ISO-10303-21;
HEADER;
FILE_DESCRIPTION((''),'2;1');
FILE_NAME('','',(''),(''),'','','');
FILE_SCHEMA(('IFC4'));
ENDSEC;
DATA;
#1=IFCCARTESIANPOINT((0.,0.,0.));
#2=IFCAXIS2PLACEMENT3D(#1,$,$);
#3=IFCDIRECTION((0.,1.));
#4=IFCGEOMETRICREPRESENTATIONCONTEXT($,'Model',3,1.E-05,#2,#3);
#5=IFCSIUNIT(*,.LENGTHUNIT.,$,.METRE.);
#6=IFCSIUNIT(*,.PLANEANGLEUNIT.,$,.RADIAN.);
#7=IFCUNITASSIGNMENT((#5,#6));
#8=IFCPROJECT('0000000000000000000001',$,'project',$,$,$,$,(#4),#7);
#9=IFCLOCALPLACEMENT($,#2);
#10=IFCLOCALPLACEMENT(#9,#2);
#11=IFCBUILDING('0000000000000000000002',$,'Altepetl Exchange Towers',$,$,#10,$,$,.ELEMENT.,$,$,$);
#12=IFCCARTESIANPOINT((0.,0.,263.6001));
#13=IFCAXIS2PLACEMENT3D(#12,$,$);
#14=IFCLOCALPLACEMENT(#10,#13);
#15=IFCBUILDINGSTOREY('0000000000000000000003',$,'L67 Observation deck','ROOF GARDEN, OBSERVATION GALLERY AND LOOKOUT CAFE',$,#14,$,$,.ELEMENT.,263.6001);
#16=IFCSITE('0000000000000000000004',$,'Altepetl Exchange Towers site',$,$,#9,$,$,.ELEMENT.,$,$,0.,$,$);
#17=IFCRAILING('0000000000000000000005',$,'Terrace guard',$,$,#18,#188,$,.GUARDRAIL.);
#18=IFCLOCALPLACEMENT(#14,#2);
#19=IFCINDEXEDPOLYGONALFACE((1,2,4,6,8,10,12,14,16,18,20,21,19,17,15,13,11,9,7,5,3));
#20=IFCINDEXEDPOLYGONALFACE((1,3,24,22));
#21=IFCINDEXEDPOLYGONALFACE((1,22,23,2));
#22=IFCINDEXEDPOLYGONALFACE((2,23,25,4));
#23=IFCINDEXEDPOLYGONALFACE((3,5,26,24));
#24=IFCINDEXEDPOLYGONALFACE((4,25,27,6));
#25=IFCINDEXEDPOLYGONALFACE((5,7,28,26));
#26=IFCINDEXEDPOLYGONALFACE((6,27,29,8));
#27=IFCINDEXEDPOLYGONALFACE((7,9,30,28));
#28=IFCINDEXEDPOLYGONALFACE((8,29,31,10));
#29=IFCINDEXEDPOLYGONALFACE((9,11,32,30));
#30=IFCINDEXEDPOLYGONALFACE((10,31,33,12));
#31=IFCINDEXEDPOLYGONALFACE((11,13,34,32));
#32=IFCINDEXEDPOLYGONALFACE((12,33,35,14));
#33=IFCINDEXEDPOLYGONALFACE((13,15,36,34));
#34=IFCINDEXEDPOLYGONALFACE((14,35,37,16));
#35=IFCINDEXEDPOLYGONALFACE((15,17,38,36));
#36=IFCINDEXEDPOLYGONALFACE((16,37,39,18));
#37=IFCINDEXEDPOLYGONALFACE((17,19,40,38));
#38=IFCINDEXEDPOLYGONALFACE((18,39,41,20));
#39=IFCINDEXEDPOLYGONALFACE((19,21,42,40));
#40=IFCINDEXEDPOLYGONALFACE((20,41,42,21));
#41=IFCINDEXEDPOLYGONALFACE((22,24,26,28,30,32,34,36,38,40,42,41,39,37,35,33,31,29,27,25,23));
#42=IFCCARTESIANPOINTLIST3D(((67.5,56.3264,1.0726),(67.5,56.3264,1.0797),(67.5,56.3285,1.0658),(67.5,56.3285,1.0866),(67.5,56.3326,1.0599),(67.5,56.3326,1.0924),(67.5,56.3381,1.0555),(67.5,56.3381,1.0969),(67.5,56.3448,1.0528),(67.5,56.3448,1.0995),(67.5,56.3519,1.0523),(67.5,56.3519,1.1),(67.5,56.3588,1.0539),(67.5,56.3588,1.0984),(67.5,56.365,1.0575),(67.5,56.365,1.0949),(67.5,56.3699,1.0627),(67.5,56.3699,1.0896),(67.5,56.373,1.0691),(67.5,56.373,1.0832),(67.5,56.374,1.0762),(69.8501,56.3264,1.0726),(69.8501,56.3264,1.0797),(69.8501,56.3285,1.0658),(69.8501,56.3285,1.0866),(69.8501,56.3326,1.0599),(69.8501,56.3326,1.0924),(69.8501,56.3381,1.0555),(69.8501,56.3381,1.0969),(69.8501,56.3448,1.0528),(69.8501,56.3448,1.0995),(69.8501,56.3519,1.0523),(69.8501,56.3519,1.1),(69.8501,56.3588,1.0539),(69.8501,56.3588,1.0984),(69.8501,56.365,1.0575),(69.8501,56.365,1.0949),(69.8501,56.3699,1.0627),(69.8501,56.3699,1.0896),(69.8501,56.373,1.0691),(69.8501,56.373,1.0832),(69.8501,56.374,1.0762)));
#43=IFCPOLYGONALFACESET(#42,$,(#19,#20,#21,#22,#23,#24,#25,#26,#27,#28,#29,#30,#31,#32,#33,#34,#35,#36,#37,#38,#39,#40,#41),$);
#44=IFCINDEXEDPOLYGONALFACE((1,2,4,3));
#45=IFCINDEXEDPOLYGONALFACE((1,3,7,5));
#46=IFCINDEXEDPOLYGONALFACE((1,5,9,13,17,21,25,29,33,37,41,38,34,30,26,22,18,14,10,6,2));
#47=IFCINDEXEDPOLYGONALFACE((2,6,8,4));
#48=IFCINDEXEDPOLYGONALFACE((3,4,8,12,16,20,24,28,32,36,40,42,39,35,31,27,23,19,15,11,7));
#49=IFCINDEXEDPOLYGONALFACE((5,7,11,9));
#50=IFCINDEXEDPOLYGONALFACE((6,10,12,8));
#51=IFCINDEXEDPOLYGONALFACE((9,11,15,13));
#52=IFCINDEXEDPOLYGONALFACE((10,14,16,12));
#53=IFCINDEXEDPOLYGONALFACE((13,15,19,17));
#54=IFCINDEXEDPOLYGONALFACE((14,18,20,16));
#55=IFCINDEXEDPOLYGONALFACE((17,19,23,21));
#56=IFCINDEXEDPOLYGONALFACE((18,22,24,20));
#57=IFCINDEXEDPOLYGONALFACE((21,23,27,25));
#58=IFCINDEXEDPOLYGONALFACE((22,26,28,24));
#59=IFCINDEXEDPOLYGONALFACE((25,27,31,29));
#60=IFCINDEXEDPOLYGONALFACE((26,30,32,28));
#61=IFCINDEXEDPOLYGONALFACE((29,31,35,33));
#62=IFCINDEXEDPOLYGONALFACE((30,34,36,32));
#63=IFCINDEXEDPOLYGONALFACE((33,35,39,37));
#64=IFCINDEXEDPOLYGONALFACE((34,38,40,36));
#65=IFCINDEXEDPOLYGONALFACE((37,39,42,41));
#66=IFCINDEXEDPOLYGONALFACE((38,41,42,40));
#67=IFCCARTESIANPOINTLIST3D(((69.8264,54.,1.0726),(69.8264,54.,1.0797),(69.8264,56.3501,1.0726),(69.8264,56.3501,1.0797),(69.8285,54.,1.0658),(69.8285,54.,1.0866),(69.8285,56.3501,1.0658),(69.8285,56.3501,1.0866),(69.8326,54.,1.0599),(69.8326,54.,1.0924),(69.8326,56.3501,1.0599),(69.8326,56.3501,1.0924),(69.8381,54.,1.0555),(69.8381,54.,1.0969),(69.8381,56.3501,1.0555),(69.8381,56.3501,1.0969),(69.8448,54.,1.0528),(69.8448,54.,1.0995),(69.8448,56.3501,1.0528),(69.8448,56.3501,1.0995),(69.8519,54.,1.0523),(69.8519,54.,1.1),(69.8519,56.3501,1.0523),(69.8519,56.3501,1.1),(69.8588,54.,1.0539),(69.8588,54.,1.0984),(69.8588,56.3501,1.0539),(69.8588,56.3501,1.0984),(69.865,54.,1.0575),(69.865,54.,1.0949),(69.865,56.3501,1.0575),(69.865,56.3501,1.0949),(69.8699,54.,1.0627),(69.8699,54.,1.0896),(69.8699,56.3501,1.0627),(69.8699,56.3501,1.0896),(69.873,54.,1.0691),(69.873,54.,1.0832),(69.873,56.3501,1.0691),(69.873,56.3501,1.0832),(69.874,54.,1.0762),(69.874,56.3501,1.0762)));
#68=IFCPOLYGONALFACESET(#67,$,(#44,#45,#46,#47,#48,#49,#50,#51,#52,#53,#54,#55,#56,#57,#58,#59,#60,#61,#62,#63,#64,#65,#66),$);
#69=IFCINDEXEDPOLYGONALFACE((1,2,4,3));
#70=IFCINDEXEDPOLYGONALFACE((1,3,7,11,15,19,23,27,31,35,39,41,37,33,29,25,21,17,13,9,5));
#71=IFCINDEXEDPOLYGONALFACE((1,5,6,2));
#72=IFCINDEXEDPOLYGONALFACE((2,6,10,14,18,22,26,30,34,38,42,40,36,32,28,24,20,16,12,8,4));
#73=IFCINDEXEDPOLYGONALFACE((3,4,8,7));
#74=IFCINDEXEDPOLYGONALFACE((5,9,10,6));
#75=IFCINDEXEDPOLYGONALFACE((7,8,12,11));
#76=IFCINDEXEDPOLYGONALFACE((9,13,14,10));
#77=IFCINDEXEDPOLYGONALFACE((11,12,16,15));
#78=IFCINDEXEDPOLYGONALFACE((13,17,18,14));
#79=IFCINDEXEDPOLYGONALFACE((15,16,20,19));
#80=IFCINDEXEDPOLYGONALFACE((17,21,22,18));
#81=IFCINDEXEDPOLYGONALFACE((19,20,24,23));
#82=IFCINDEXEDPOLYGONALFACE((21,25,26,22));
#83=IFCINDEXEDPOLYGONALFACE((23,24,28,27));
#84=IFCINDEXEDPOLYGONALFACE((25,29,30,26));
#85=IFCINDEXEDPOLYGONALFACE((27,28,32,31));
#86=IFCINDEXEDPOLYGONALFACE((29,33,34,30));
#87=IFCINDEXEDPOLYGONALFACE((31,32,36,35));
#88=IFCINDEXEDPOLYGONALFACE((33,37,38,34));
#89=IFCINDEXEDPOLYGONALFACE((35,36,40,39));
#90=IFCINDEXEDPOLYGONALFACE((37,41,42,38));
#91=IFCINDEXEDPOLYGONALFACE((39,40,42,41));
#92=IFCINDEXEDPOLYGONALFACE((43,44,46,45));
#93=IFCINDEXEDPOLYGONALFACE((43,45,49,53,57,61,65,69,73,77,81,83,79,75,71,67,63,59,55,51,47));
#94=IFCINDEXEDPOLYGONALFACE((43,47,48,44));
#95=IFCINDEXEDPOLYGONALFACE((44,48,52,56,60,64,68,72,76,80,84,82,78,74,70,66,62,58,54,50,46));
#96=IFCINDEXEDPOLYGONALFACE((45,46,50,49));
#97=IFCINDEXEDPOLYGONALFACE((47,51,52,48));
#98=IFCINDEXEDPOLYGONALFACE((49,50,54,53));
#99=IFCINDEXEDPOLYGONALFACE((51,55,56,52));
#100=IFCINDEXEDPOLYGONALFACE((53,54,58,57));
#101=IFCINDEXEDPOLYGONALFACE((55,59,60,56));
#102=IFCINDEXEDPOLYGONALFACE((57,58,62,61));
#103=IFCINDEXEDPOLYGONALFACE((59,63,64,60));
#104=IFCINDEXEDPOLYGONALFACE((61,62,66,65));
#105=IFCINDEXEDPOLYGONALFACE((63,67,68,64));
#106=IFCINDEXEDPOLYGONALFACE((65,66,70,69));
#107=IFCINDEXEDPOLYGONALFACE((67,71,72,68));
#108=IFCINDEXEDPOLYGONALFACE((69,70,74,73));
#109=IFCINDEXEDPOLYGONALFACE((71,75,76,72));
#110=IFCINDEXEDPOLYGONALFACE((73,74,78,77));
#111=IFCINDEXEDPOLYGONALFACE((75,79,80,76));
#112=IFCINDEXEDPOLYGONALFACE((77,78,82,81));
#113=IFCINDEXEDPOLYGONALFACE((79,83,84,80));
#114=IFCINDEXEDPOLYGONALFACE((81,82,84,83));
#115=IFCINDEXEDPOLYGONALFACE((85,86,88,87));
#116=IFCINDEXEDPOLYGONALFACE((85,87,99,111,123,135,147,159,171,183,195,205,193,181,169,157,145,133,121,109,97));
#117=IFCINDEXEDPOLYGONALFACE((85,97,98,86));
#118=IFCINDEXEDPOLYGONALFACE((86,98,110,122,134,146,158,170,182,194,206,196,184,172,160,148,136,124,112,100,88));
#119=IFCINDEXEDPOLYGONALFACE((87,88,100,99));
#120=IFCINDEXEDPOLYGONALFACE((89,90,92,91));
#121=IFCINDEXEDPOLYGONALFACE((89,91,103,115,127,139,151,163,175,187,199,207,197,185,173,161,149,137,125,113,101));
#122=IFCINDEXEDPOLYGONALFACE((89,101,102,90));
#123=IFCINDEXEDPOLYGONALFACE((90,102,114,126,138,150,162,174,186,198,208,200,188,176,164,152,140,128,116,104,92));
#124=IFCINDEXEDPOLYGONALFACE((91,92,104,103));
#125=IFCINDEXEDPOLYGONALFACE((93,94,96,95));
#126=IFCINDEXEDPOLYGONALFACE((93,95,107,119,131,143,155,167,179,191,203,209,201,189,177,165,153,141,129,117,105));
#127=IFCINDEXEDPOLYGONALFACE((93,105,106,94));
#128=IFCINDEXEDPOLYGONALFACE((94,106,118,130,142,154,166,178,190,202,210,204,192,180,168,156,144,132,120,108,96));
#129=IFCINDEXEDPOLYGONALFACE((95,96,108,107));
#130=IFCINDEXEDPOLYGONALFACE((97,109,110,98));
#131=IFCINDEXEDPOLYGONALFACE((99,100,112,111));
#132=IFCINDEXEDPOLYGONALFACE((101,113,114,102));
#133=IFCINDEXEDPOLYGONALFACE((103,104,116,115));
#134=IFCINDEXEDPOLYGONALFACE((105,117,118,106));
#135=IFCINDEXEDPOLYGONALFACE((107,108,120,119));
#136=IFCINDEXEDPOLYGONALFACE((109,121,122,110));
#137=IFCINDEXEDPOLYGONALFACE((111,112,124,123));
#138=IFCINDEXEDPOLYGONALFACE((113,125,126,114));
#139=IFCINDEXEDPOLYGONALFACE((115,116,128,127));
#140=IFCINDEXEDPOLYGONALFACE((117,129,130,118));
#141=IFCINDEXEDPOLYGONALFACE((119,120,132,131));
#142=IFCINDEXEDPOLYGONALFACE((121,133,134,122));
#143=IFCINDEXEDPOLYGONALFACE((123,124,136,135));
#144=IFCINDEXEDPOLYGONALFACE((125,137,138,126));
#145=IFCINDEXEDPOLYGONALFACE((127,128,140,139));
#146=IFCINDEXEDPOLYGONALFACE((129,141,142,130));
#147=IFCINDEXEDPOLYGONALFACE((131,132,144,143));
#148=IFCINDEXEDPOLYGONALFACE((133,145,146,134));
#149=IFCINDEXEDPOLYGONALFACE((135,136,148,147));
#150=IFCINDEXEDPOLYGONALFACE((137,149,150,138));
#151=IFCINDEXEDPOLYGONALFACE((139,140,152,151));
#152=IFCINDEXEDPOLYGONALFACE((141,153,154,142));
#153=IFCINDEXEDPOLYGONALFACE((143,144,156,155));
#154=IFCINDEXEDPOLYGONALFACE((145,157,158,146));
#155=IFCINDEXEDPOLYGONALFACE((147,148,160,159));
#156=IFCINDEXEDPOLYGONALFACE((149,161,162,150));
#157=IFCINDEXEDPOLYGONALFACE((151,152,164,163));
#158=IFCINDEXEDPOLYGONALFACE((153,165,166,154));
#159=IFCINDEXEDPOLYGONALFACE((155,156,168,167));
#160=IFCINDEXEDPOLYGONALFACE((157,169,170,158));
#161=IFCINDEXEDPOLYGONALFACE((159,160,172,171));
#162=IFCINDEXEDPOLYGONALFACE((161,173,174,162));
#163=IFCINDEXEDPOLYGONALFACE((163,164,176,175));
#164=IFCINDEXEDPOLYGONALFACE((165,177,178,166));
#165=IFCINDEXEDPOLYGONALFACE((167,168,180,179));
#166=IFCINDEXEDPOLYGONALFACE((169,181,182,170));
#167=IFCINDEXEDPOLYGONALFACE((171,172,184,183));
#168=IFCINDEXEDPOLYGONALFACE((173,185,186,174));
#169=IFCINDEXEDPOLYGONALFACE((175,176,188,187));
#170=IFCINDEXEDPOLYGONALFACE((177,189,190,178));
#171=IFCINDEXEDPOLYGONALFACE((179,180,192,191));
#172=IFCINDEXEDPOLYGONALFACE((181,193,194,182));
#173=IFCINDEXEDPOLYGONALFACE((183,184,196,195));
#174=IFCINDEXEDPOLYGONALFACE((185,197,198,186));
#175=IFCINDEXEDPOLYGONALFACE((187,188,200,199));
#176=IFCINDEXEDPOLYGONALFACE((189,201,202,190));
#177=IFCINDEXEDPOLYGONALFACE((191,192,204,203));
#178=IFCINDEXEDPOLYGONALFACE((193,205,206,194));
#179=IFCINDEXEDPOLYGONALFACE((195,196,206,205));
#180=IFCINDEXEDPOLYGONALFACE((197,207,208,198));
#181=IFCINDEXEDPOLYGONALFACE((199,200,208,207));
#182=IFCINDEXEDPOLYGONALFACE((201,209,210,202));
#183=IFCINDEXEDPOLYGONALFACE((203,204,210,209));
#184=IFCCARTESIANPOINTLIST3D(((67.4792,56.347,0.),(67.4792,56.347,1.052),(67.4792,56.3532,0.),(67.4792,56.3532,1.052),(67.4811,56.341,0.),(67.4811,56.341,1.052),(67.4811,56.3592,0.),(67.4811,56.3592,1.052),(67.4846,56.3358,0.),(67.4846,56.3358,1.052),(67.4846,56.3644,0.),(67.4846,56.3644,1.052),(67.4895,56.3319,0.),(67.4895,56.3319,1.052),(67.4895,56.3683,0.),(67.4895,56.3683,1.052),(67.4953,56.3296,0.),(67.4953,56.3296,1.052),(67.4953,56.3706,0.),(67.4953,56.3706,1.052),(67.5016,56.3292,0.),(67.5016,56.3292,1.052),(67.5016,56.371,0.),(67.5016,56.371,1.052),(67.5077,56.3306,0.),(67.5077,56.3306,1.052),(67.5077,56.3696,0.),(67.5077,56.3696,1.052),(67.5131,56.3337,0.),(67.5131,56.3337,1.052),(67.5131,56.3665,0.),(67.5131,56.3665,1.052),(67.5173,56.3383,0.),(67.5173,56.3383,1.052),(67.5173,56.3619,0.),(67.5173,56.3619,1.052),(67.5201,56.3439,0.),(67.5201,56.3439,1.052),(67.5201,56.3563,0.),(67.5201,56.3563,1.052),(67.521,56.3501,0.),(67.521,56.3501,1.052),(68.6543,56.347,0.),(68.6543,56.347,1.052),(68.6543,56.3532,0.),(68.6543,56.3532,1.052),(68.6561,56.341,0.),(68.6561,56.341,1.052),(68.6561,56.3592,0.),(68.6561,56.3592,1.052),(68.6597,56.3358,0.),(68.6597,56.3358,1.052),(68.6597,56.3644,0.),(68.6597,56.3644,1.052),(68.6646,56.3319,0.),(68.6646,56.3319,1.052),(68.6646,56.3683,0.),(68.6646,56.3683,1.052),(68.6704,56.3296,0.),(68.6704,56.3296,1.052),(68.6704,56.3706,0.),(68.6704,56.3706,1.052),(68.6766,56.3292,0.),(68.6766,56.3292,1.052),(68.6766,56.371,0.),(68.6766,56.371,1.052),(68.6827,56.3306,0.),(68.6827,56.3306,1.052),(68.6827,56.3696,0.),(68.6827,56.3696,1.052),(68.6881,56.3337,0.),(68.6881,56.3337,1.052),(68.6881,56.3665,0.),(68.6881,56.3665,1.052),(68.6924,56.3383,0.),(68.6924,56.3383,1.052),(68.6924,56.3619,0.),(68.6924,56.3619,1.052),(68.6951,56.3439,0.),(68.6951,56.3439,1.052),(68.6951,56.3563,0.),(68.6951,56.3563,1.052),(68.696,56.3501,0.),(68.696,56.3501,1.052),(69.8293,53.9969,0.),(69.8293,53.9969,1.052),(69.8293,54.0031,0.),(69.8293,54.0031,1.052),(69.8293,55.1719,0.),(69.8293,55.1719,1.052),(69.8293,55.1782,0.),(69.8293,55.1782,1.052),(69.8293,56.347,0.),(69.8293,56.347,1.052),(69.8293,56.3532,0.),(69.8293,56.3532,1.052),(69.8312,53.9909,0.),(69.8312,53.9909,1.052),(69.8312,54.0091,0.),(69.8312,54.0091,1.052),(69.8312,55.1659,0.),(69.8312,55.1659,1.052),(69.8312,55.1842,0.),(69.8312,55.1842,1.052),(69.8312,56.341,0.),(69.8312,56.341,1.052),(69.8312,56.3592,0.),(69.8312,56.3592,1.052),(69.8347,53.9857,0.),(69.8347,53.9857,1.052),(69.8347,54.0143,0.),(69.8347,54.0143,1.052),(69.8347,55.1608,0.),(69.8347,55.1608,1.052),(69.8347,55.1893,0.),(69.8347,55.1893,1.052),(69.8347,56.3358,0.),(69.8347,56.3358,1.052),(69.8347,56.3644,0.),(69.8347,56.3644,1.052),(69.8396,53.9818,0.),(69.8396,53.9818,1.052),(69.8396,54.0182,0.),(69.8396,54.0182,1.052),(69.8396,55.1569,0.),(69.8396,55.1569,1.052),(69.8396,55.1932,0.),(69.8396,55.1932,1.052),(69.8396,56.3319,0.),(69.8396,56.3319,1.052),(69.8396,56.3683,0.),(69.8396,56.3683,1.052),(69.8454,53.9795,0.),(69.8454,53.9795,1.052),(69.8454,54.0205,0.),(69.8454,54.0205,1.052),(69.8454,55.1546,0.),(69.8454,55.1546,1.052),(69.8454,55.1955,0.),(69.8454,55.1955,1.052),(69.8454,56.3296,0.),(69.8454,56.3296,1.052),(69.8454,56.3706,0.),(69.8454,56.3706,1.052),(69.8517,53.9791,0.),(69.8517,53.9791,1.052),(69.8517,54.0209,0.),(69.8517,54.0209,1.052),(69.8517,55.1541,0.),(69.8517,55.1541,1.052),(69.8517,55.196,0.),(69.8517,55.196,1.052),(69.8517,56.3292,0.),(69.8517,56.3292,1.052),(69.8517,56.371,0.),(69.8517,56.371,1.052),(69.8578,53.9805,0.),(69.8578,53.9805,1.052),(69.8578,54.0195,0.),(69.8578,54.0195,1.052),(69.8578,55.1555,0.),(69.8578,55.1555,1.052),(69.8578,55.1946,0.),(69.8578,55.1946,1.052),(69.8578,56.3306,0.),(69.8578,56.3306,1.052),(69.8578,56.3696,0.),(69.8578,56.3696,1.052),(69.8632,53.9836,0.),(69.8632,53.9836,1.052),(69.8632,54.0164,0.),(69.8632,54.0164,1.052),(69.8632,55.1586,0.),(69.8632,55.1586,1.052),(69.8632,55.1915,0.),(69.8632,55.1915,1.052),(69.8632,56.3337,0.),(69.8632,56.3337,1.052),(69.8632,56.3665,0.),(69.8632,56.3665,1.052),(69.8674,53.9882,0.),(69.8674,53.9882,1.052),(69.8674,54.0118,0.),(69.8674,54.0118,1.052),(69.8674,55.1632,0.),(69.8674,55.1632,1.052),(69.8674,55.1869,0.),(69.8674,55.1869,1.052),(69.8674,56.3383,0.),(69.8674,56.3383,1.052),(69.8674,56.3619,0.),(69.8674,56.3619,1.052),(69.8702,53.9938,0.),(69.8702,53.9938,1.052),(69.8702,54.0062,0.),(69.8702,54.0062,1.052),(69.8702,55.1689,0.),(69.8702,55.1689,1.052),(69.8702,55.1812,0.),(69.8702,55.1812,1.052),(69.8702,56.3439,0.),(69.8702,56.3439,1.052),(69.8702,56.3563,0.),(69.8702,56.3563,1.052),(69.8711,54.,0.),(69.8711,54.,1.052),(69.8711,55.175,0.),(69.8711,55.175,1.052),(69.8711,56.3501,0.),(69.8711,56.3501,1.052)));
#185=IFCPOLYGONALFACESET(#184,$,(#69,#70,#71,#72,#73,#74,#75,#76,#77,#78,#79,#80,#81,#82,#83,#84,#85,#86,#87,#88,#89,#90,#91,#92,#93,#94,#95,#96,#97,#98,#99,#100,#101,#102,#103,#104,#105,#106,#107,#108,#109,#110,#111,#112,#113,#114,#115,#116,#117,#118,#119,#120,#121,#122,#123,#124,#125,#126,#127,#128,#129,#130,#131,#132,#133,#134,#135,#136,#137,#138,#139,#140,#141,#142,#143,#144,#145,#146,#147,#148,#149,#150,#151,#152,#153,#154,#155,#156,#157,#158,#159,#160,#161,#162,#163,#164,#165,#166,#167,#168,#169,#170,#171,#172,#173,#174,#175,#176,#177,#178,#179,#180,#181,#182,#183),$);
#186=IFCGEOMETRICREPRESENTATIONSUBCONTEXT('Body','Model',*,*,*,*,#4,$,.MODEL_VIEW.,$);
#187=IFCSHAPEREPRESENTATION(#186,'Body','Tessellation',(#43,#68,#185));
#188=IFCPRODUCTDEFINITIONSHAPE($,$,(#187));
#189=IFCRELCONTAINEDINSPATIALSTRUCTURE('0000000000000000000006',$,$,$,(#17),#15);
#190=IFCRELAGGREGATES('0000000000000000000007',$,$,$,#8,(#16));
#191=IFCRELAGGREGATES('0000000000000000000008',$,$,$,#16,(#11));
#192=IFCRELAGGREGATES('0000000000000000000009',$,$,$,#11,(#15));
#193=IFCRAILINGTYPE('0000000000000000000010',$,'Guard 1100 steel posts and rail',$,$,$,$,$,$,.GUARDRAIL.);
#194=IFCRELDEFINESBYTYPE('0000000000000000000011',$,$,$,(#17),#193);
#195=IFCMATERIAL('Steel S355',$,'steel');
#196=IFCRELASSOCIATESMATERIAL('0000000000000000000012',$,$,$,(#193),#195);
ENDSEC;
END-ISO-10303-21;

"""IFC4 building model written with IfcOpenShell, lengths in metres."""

from ifc_helpers import new_model, si_unit, direction, frame, origin, origin_2d, place, context, subcontext, project, spatial, circle, extrude, source, transform, mapped, material, type_object, element, save


model = new_model("IFC4")

# Units and contexts
model_context = context("Model", 3, precision=1e-05, world=origin(), true_north=direction((0.0, 1.0)))
body_context = subcontext(model_context, "Body", "Model", "MODEL_VIEW")
ifc_project = project(units=[si_unit("LENGTHUNIT", "METRE"), si_unit("PLANEANGLEUNIT", "RADIAN")], contexts=[model_context])

# Site, building, storey
site_placement = place(None, origin())
site = spatial("IfcSite", under=ifc_project, at=site_placement, Name="Altepetl Exchange Towers site", CompositionType="ELEMENT", RefElevation=0.0)
building_placement = place(site_placement, origin())
building = spatial("IfcBuilding", under=site, at=building_placement, Name="Altepetl Exchange Towers", CompositionType="ELEMENT")
storey_placement = place(building_placement, frame((0.0, 0.0, 263.6001)))
storey = spatial("IfcBuildingStorey", under=building, at=storey_placement, Name="L67 Observation deck", Description="ROOF GARDEN, OBSERVATION GALLERY AND LOOKOUT CAFE", CompositionType="ELEMENT", Elevation=263.6001)

# Shared definitions
ifc_material_1 = material(Name="Steel S355", Category="steel")

# Railing
railing_type = type_object("IfcRailingType", Name="Guard 1100 steel posts and rail", PredefinedType="GUARDRAIL", material=ifc_material_1)
shared_shape = source(origin(), body_context, "Body", "SweptSolid", [
    extrude(circle(Radius=0.021, at=origin_2d()), origin(), (0.0, 0.0, 1.0), 1.052),
])
railing_placement = place(storey_placement, frame((67.5, 56.3501, 0.0)))
element("IfcRailing", 1, at=railing_placement, inside=storey, type_object=railing_type, Name="Terrace guard", PredefinedType="GUARDRAIL", context=body_context, shape_type="SweptSolid", body=[
    extrude(circle(Radius=0.0239, at=origin_2d()), frame((0.0, 0.0, 1.0762), z_axis=(1.0, 0.0, 0.0), x_axis=(0.0, 1.0, 0.0)), (0.0, 0.0, 1.0), 2.3501),
    extrude(circle(Radius=0.0239, at=origin_2d()), frame((2.3501, 0.0, 1.0762), z_axis=(0.0, -1.0, 0.0), x_axis=(1.0, 0.0, 0.0)), (0.0, 0.0, 1.0), 2.3501),
    mapped(shared_shape, transform((0.0, 0.0, 0.0))),
    mapped(shared_shape, transform((1.175, 0.0, 0.0))),
    mapped(shared_shape, transform((2.3501, 0.0, 0.0))),
    mapped(shared_shape, transform((2.3501, -1.175, 0.0))),
    mapped(shared_shape, transform((2.3501, -2.3501, 0.0))),
])

save(model, "model.ifc")
